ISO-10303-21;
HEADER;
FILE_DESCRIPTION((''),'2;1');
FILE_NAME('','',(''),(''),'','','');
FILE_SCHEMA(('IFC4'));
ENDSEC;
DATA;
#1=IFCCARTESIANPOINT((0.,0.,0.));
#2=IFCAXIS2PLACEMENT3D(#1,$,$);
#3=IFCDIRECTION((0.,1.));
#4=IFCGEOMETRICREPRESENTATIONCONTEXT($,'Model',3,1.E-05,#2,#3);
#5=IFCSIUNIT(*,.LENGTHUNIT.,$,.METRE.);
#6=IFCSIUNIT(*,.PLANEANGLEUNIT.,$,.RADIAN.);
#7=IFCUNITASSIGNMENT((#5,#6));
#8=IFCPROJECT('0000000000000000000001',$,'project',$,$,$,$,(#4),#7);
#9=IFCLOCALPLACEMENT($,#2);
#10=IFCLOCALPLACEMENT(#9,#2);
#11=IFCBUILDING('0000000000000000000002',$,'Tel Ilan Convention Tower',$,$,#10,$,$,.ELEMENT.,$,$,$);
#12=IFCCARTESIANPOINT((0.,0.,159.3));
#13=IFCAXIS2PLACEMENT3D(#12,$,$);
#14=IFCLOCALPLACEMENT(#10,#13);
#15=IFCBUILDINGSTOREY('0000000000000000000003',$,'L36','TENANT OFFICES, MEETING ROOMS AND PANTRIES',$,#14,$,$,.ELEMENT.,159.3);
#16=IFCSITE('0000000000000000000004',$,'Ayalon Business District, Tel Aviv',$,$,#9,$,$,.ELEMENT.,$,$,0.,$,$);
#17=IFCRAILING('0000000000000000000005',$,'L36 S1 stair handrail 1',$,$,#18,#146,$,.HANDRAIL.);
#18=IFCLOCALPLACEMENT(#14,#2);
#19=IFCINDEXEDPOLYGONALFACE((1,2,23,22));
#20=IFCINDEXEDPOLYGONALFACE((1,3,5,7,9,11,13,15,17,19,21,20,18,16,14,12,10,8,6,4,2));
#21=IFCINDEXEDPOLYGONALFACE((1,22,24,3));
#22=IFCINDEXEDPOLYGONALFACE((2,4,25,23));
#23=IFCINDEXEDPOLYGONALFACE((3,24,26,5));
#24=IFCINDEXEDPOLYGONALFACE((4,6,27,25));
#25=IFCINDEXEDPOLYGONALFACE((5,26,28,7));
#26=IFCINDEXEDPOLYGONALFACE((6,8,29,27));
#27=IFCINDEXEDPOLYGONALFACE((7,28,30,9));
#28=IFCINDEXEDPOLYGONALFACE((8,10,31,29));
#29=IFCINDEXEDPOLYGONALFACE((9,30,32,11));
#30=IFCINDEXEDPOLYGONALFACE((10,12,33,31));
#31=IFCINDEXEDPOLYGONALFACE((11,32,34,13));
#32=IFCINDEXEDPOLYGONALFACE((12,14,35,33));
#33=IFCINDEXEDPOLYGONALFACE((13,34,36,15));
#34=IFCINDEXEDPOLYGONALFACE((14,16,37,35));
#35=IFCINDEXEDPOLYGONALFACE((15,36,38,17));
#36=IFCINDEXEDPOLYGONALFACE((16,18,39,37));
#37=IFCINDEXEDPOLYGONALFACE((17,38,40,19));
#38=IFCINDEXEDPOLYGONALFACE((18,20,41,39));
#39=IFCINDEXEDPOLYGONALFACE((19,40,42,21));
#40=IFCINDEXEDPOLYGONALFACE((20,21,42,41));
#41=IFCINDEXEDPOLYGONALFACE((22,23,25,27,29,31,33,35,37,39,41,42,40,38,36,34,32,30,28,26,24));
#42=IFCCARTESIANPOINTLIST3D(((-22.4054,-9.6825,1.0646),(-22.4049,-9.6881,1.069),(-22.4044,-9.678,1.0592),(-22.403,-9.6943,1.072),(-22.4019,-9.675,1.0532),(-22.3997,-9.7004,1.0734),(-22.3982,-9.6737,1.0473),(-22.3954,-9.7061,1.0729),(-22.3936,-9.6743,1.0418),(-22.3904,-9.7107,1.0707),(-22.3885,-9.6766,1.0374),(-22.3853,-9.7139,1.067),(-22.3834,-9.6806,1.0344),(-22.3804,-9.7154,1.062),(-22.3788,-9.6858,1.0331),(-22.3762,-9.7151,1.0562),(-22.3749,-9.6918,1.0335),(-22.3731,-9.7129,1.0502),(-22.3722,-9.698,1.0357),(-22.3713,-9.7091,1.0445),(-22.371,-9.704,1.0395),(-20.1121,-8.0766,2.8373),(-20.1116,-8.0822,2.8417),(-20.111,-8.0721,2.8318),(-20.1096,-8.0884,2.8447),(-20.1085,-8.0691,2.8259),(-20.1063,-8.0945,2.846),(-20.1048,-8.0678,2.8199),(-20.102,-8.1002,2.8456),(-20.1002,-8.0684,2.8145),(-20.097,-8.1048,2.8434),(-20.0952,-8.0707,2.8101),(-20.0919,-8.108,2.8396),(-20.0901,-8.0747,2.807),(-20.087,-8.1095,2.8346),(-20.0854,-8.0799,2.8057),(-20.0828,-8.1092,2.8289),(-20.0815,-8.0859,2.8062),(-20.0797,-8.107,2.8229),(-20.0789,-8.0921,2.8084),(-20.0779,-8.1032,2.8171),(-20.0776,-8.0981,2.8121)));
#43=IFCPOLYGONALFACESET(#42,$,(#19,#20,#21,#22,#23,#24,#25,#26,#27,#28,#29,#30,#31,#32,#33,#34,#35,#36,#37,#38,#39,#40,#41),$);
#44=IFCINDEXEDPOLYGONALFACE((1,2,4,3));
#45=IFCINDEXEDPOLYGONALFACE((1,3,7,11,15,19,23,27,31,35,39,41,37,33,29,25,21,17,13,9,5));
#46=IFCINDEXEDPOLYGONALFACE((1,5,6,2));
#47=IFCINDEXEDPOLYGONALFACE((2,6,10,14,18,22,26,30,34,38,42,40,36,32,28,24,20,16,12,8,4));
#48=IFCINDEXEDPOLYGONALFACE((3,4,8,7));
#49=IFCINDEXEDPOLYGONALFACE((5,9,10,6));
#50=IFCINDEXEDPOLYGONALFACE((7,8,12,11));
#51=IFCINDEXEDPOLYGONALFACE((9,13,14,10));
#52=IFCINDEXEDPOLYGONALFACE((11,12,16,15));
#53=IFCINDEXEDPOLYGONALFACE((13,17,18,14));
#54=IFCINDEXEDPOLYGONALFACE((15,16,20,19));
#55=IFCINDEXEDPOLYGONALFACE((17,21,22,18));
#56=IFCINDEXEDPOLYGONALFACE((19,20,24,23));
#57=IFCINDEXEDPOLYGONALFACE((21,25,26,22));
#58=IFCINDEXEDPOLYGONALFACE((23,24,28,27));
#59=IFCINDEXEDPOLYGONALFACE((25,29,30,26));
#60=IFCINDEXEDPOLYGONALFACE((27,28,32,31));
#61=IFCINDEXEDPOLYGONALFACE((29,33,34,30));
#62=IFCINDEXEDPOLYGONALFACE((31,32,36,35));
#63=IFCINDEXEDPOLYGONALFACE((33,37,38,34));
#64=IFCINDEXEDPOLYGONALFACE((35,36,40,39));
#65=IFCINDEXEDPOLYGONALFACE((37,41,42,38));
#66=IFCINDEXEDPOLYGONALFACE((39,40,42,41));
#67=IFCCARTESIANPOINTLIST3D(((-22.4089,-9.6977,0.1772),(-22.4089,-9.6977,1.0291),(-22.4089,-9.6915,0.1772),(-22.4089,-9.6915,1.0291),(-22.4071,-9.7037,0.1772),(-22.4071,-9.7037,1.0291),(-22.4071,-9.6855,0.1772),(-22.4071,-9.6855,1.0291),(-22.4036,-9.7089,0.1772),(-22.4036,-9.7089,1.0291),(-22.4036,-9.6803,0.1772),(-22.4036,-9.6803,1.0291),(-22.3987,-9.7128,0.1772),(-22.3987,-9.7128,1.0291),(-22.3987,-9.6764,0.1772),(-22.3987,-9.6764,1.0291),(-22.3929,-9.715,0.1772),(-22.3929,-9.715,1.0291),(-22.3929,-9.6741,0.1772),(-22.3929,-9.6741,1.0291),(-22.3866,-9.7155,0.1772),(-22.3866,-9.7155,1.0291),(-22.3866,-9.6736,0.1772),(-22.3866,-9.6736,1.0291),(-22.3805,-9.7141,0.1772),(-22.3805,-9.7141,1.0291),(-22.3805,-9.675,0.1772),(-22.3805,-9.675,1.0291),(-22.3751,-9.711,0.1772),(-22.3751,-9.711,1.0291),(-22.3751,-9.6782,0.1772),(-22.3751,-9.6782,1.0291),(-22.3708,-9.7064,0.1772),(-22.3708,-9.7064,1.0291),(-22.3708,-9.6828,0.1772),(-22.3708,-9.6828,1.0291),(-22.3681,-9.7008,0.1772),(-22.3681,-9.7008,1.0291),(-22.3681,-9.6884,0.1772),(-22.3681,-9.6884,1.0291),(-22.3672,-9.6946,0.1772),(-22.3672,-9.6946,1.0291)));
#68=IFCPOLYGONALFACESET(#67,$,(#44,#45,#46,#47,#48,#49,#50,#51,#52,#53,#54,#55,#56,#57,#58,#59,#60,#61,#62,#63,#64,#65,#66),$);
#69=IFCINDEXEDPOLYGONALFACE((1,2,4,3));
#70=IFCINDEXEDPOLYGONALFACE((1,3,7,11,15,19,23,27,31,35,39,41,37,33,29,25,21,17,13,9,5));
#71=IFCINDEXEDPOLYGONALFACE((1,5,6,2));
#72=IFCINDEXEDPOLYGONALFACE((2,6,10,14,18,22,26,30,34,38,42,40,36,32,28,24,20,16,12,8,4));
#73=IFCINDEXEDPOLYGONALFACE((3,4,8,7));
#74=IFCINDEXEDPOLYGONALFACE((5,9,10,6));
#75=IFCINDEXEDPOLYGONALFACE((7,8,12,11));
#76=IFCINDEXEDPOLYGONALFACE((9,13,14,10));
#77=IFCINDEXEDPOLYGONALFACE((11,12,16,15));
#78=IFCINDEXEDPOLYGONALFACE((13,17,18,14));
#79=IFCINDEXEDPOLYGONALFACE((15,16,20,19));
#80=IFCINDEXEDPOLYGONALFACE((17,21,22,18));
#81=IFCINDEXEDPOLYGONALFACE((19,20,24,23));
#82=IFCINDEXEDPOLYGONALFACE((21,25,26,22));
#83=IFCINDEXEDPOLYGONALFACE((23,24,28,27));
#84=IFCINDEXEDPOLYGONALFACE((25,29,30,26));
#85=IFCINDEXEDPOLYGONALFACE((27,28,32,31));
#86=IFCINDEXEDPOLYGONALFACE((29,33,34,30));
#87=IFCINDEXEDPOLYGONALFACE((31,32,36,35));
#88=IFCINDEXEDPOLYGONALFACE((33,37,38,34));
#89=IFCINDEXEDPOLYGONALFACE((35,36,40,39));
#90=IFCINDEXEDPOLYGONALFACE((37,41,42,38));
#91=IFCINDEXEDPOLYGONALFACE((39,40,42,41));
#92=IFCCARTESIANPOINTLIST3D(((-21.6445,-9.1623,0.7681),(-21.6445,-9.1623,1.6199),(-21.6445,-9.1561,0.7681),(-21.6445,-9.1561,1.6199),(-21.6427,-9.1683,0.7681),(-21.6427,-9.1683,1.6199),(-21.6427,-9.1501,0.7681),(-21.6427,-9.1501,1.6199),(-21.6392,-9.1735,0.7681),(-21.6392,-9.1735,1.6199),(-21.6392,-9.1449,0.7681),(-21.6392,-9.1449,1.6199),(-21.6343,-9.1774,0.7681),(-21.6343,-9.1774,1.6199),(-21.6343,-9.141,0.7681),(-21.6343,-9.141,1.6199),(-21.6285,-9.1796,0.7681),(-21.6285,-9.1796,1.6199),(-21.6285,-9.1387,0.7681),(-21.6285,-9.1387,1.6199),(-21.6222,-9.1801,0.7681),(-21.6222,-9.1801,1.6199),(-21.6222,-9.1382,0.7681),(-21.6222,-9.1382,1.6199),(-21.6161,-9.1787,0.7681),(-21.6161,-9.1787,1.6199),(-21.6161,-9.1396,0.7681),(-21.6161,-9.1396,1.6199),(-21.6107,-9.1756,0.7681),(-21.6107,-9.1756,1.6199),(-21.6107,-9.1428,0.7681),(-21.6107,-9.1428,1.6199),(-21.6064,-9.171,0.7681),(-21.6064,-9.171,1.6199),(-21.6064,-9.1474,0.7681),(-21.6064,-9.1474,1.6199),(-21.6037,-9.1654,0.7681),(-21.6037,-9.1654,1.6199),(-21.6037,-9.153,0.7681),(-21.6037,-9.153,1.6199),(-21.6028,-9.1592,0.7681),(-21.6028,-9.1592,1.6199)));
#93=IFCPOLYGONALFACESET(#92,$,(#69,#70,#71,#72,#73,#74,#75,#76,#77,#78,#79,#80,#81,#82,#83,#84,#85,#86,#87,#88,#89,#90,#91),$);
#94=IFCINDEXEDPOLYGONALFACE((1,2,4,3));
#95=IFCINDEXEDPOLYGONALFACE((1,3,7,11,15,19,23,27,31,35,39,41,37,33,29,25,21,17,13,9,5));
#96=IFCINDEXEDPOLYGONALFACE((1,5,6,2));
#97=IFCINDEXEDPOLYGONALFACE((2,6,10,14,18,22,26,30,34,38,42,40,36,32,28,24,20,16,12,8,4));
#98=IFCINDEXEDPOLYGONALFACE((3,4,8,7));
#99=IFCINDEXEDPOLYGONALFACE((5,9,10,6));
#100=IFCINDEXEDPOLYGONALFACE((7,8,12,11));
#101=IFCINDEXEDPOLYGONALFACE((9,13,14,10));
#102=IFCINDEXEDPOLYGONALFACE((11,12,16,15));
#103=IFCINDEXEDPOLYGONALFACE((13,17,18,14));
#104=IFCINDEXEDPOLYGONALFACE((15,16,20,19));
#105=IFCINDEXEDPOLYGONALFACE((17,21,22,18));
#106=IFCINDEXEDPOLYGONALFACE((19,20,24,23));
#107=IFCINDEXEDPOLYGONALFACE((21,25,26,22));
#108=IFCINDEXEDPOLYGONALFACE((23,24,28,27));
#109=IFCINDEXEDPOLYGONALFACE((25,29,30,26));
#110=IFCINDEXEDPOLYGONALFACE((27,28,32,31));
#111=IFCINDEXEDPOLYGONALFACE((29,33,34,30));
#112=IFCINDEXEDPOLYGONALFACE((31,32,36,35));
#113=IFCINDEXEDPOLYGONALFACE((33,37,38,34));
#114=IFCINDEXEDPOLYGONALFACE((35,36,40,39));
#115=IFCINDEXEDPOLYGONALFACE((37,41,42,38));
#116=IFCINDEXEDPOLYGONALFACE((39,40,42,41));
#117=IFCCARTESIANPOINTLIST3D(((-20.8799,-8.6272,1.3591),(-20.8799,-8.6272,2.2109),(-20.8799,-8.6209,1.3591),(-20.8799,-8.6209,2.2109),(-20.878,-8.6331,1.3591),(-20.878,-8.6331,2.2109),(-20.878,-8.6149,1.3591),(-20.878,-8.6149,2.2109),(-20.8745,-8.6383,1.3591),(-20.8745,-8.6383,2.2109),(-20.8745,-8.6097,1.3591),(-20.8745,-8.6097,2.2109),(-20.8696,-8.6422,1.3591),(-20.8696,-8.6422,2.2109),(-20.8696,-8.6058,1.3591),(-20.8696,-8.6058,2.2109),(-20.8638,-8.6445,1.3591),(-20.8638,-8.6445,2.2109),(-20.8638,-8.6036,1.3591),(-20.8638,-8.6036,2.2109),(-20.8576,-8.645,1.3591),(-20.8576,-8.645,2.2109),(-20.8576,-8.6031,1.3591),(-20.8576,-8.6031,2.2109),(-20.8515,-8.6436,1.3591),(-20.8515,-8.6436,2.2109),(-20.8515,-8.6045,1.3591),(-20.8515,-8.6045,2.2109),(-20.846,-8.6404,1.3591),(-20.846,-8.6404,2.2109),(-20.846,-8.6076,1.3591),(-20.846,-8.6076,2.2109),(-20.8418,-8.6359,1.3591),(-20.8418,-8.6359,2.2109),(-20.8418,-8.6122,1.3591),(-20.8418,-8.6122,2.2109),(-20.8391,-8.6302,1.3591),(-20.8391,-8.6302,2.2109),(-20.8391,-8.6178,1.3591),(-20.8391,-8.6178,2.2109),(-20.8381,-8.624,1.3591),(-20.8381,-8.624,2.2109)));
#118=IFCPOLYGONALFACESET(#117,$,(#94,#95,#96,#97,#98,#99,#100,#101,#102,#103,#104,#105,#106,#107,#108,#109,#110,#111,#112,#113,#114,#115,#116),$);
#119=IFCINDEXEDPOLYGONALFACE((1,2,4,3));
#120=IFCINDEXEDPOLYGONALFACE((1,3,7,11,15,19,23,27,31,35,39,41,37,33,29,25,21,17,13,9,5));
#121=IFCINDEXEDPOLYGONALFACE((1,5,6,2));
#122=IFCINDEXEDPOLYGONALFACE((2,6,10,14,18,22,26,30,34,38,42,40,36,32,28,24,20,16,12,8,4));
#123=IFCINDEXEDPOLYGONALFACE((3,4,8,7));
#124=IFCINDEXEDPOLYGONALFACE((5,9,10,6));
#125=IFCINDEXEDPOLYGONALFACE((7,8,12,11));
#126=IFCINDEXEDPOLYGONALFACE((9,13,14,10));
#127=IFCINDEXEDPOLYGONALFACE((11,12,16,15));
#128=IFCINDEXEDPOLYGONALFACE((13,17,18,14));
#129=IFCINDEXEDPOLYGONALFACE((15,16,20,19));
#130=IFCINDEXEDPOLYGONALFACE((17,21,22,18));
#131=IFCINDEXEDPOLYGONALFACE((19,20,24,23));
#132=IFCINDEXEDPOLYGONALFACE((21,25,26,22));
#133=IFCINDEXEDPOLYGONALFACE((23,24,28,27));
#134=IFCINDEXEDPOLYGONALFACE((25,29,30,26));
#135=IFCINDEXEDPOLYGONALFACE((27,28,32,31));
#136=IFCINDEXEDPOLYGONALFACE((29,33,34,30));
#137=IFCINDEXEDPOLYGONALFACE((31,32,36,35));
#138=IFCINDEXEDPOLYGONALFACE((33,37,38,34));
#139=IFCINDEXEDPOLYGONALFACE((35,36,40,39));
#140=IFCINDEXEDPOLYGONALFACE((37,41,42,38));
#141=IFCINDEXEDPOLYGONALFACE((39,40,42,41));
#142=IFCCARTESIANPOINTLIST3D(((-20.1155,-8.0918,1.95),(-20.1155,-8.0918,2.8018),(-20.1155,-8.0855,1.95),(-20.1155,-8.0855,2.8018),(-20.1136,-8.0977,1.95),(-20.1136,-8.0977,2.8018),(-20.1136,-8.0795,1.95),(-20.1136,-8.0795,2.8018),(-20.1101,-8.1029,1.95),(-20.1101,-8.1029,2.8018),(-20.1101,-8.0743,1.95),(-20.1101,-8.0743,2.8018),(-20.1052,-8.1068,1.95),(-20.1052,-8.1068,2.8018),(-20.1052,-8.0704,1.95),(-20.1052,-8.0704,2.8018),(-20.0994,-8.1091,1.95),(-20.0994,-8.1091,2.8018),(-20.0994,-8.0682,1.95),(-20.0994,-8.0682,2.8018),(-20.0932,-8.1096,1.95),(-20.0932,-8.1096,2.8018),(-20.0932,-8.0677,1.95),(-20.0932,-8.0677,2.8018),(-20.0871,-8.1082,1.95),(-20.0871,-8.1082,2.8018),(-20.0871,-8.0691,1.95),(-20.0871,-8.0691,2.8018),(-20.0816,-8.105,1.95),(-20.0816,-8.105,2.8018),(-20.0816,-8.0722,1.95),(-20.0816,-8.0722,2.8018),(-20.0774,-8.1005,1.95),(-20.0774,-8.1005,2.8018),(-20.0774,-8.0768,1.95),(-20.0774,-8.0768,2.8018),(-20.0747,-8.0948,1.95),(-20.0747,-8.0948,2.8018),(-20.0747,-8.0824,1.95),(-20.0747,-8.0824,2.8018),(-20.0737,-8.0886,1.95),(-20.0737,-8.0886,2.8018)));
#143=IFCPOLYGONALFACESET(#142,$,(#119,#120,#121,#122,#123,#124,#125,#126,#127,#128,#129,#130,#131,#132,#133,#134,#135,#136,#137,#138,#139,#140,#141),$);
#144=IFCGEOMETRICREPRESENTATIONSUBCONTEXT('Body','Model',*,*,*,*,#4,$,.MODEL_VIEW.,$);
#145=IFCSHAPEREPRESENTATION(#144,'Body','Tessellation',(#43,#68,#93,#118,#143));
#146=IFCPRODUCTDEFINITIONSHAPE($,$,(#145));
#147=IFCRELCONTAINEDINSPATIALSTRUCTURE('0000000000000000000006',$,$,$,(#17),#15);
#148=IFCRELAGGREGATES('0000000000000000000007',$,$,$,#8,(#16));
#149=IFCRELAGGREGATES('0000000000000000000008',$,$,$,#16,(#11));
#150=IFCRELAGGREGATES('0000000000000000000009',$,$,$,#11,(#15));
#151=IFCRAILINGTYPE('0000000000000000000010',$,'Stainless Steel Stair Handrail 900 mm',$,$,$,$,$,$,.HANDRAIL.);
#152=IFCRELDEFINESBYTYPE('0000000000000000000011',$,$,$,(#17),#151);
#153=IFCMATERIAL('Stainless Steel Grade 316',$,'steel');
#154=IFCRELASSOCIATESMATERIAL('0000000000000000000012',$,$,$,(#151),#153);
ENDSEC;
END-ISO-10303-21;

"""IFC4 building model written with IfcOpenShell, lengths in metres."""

from ifc_helpers import new_model, si_unit, direction, frame, origin, origin_2d, place, context, subcontext, project, spatial, circle, extrude, material, type_object, element, save


model = new_model("IFC4")

# Units and contexts
model_context = context("Model", 3, precision=1e-05, world=origin(), true_north=direction((0.0, 1.0)))
body_context = subcontext(model_context, "Body", "Model", "MODEL_VIEW")
ifc_project = project(units=[si_unit("LENGTHUNIT", "METRE"), si_unit("PLANEANGLEUNIT", "RADIAN")], contexts=[model_context])

# Site, building, storey
site_placement = place(None, origin())
site = spatial("IfcSite", under=ifc_project, at=site_placement, Name="Ayalon Business District, Tel Aviv", CompositionType="ELEMENT", RefElevation=0.0)
building_placement = place(site_placement, origin())
building = spatial("IfcBuilding", under=site, at=building_placement, Name="Tel Ilan Convention Tower", CompositionType="ELEMENT")
storey_placement = place(building_placement, frame((0.0, 0.0, 159.3)))
storey = spatial("IfcBuildingStorey", under=building, at=storey_placement, Name="L36", Description="TENANT OFFICES, MEETING ROOMS AND PANTRIES", CompositionType="ELEMENT", Elevation=159.3)

# Railing
ifc_material_1 = material(Name="Stainless Steel Grade 316", Category="steel")
railing_type_1 = type_object("IfcRailingType", Name="Stainless Steel Stair Handrail 900 mm", PredefinedType="HANDRAIL", material=ifc_material_1)
railing_1_placement = place(storey_placement, frame((-22.3882, -9.6946, 0.1772)))
element("IfcRailing", 1, at=railing_1_placement, inside=storey, type_object=railing_type_1, Name="L36 S1 stair handrail 1", PredefinedType="HANDRAIL", context=body_context, shape_type="SweptSolid", body=[
    extrude(circle(Radius=0.0239, at=origin_2d()), frame((0.0, 0.0, 0.876), z_axis=(0.692085, 0.484621, 0.53494), x_axis=(-0.573591, 0.819142, 0.0)), (0.0, 0.0, 1.0), 3.3137),
    extrude(circle(Radius=0.021, at=origin_2d()), origin(), (0.0, 0.0, 1.0), 0.8518),
    extrude(circle(Radius=0.021, at=origin_2d()), frame((0.7644, 0.5354, 0.5908)), (0.0, 0.0, 1.0), 0.8518),
    extrude(circle(Radius=0.021, at=origin_2d()), frame((1.5291, 1.0706, 1.1819)), (0.0, 0.0, 1.0), 0.8518),
    extrude(circle(Radius=0.021, at=origin_2d()), frame((2.2935, 1.606, 1.7727)), (0.0, 0.0, 1.0), 0.8518),
])

save(model, "model.ifc")
